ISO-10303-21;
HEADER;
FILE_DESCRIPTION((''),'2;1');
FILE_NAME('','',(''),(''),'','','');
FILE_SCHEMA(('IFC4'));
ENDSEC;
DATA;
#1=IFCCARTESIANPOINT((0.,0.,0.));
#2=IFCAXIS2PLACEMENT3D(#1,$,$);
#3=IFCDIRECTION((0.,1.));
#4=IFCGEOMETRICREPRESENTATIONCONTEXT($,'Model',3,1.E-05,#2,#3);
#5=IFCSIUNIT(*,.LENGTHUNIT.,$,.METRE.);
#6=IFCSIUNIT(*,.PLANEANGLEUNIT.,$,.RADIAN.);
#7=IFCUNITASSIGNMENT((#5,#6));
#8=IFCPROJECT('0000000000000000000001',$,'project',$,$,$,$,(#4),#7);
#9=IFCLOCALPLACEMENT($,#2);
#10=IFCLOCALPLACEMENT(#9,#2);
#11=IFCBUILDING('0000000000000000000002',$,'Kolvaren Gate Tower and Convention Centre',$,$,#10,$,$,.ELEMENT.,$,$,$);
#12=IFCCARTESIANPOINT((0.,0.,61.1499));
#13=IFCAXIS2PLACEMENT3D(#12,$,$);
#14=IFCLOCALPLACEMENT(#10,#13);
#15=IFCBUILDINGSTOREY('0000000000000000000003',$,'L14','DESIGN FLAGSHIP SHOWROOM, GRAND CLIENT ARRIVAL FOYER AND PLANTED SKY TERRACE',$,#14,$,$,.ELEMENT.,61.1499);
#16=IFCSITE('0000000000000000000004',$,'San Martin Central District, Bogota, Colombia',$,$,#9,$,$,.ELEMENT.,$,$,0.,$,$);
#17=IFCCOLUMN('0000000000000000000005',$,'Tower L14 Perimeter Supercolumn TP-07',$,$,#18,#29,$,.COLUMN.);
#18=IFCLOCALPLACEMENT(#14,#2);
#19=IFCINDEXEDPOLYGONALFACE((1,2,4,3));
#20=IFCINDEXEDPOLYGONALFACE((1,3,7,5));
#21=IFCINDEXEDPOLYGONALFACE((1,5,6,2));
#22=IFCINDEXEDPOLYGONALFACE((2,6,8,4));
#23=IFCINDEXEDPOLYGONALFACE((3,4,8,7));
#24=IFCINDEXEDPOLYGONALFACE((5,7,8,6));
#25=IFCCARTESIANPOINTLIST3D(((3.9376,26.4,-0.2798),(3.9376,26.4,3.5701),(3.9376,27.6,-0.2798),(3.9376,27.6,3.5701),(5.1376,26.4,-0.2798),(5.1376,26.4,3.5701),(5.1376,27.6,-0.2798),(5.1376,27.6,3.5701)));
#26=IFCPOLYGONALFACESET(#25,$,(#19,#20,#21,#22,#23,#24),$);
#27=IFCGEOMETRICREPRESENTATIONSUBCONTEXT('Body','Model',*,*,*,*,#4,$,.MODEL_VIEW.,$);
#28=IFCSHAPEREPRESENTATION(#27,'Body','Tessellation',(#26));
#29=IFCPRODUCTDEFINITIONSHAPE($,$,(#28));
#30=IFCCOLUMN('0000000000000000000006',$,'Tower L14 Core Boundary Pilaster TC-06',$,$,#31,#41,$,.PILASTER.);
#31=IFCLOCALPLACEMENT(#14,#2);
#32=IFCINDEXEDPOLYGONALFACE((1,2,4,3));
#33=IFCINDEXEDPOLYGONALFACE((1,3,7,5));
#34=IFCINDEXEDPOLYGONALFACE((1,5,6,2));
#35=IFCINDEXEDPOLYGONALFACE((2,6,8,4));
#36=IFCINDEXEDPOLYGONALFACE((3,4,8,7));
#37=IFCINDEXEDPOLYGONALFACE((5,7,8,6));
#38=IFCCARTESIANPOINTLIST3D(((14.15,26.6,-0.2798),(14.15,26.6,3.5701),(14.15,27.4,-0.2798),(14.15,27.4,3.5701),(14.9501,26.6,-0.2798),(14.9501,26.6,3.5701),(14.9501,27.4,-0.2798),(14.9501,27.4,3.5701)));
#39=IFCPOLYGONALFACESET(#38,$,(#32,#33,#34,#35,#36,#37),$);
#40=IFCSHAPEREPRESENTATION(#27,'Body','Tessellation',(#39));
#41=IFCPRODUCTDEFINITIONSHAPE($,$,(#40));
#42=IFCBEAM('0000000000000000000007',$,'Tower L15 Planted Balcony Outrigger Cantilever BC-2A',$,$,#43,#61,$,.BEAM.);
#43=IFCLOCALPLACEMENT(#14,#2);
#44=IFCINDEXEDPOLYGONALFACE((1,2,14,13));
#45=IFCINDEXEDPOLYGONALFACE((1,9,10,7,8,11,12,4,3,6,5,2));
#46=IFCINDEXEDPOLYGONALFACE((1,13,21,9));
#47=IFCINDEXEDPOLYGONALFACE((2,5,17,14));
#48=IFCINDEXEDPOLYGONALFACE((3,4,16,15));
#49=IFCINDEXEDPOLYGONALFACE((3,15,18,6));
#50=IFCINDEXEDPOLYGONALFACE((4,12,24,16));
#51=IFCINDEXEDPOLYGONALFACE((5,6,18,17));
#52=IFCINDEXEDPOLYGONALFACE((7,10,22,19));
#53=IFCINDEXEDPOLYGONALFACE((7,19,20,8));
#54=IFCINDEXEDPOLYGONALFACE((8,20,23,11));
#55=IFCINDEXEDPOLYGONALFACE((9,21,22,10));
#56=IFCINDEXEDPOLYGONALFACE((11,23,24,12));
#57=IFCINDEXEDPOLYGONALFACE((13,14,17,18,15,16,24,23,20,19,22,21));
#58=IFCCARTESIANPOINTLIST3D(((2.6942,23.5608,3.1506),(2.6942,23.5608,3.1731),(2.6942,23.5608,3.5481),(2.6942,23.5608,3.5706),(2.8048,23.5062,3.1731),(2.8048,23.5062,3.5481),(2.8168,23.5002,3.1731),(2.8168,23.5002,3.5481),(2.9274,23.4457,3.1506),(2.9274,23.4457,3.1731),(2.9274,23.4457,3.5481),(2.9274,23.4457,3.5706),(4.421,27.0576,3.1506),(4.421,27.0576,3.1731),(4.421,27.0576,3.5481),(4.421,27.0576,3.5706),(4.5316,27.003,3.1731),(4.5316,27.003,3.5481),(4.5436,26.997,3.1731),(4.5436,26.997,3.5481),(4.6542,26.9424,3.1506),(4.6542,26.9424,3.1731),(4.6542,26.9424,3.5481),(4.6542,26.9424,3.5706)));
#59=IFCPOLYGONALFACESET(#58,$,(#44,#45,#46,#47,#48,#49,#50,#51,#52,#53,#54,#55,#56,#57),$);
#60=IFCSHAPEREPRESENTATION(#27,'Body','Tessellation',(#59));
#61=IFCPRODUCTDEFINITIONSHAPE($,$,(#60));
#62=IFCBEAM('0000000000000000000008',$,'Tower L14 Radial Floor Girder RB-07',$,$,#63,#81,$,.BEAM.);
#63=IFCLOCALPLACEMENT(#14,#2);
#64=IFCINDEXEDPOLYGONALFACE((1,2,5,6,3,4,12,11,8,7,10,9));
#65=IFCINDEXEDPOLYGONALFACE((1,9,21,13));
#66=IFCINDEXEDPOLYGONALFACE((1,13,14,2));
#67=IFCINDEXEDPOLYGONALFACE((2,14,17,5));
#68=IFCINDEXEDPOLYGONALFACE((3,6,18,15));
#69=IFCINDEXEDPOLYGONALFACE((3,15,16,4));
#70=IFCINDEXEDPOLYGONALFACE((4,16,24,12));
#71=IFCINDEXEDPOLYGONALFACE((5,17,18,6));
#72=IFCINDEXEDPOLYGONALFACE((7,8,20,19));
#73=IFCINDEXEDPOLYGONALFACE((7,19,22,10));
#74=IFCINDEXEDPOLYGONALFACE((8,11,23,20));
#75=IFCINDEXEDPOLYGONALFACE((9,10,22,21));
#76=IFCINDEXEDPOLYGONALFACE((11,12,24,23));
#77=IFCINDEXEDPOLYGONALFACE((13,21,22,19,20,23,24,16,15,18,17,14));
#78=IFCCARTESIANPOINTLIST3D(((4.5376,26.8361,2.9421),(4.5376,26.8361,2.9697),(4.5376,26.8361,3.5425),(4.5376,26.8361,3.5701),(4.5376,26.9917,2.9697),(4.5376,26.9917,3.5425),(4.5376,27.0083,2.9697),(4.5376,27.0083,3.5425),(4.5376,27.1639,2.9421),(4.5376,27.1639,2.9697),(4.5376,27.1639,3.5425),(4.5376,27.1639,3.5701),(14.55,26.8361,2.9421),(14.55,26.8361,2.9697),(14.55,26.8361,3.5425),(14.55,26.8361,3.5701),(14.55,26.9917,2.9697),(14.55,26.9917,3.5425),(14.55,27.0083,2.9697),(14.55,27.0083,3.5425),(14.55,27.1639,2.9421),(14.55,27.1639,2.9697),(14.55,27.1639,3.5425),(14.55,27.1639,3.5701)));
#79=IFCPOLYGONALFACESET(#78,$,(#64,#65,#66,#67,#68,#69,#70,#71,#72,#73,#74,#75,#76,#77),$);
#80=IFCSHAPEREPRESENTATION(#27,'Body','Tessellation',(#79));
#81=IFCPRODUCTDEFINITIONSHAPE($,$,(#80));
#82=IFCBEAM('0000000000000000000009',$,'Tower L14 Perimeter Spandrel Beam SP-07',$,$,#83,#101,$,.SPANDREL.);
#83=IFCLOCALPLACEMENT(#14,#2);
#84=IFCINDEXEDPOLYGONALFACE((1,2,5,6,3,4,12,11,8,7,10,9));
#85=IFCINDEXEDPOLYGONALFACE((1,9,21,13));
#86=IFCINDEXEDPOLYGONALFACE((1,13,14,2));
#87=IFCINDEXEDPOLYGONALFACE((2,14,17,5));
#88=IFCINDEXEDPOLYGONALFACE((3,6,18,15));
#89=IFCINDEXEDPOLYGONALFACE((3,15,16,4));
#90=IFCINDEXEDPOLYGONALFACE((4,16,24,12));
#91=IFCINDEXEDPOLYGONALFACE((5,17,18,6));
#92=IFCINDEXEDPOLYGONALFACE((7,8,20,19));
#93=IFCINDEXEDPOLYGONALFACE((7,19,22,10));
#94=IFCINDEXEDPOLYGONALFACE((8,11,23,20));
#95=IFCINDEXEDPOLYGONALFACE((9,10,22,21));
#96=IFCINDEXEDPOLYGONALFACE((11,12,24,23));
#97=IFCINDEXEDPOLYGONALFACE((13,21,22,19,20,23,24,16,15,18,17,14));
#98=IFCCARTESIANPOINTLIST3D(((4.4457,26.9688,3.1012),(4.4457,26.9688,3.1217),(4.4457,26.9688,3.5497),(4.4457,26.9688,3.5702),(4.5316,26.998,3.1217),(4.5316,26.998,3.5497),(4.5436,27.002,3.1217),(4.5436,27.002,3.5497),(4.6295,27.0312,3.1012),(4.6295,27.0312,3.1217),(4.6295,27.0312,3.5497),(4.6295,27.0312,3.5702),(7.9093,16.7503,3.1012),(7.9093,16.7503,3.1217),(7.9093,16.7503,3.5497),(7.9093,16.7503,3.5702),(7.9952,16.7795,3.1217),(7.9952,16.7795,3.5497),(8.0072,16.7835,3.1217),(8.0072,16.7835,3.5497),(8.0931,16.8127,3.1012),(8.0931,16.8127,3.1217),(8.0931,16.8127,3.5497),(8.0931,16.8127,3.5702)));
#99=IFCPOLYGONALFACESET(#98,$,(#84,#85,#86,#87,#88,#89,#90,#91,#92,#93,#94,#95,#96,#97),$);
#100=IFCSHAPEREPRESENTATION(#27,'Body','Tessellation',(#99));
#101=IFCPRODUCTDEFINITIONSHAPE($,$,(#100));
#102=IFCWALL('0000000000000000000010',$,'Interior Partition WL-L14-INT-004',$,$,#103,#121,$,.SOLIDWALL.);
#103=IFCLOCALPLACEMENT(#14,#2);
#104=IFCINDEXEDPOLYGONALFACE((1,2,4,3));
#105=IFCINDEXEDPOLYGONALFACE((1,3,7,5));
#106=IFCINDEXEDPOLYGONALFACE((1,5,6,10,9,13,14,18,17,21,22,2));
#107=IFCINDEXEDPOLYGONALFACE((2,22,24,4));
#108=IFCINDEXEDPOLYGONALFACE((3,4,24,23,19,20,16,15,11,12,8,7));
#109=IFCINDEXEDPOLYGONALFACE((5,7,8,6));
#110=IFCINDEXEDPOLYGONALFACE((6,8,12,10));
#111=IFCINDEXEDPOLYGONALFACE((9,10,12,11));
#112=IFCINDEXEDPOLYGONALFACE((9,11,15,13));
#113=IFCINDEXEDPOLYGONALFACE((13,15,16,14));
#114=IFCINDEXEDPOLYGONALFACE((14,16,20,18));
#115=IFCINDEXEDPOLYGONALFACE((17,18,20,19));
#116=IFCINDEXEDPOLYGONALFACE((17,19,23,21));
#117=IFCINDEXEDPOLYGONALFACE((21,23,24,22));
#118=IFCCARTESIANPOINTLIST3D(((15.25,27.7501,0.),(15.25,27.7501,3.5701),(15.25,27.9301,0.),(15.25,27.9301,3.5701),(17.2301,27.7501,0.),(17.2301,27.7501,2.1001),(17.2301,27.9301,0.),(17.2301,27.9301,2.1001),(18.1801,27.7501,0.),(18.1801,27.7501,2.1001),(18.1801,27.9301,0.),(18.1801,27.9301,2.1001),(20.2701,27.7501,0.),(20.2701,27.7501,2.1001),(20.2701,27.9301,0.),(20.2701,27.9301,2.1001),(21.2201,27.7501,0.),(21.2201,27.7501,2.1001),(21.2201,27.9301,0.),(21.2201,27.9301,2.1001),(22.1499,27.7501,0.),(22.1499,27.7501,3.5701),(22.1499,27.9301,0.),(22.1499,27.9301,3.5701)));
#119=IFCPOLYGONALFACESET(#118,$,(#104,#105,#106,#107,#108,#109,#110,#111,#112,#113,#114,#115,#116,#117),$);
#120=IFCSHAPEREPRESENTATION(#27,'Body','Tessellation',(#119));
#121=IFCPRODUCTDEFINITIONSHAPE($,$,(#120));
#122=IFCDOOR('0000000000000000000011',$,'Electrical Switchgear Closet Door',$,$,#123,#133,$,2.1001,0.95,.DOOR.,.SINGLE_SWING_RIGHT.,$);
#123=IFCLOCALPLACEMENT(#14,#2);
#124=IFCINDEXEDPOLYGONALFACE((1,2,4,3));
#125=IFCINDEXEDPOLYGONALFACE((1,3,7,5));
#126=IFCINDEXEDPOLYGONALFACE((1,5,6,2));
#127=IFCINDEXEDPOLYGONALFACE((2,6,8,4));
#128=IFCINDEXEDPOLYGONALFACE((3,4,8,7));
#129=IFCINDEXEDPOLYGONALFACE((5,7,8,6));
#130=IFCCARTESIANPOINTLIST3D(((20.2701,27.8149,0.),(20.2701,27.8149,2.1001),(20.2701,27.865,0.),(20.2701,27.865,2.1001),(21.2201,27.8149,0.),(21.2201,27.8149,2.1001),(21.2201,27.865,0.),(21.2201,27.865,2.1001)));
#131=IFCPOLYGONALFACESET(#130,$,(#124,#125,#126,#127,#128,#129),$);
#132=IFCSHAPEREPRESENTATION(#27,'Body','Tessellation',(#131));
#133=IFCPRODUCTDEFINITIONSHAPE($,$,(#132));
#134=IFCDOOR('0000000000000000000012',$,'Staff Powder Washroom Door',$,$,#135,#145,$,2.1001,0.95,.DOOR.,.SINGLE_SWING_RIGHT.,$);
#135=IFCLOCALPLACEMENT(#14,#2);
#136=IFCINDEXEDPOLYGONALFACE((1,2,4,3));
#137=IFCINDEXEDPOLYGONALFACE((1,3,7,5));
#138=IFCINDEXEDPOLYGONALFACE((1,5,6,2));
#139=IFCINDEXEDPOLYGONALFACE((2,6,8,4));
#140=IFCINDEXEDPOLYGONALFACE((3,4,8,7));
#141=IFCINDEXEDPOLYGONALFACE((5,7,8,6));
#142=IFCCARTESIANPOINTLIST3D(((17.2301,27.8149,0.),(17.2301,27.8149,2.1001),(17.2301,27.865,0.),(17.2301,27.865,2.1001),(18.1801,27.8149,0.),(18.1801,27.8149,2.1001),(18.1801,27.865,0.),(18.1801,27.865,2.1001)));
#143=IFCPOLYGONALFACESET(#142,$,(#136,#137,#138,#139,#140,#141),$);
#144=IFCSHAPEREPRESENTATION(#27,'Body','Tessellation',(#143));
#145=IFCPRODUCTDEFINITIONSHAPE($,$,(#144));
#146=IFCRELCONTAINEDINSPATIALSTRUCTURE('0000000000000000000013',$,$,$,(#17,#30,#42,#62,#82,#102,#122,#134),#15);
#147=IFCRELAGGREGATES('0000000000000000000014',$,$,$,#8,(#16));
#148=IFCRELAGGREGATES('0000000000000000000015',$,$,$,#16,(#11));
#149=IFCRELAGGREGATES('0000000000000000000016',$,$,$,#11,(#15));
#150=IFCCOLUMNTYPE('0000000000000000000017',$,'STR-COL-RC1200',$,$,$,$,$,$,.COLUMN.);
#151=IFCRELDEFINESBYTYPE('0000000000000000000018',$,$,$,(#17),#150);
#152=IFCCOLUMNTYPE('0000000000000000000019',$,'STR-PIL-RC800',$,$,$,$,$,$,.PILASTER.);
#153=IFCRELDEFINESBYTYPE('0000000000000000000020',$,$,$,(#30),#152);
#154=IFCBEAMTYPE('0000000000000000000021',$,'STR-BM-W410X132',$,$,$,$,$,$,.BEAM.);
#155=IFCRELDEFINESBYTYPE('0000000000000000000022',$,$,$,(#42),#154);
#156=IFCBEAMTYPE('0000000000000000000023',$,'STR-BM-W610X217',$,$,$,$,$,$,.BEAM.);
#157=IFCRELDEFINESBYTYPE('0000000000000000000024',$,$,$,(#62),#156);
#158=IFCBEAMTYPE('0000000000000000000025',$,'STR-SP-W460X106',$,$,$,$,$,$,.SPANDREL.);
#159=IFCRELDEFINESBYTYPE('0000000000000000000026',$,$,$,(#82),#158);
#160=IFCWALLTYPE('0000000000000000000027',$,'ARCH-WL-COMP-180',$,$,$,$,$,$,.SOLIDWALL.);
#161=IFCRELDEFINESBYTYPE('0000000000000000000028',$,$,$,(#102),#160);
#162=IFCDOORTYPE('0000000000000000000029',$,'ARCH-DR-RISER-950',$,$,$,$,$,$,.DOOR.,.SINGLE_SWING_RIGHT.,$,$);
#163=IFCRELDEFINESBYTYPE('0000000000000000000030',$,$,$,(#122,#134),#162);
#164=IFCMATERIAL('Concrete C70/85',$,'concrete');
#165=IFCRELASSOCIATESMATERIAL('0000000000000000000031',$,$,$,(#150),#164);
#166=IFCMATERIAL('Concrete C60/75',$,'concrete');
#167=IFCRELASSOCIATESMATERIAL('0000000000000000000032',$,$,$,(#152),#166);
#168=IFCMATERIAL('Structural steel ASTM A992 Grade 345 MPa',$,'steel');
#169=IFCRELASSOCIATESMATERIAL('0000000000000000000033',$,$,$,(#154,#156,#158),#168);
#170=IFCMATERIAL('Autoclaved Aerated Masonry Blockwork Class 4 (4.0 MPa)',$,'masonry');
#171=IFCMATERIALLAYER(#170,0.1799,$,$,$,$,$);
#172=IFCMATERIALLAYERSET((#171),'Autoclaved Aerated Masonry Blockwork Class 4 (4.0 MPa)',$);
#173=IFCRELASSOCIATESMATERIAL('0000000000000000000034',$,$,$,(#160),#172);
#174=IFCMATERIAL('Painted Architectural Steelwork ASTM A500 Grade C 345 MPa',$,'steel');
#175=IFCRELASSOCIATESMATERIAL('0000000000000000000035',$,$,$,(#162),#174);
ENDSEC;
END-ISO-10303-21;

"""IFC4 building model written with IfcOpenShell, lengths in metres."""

from ifc_helpers import new_model, si_unit, direction, frame, frame_2d, origin, origin_2d, place, context, subcontext, project, spatial, rectangle, i_section, extrude, material, layer, layer_set, material_profile, profile_set, type_object, element, fill, save


model = new_model("IFC4")

# Units and contexts
model_context = context("Model", 3, precision=1e-05, world=origin(), true_north=direction((0.0, 1.0)))
body_context = subcontext(model_context, "Body", "Model", "MODEL_VIEW")
ifc_project = project(units=[si_unit("LENGTHUNIT", "METRE"), si_unit("PLANEANGLEUNIT", "RADIAN")], contexts=[model_context])

# Site, building, storey
site_placement = place(None, origin())
site = spatial("IfcSite", under=ifc_project, at=site_placement, Name="San Martin Central District, Bogota, Colombia", CompositionType="ELEMENT", RefElevation=0.0)
building_placement = place(site_placement, origin())
building = spatial("IfcBuilding", under=site, at=building_placement, Name="Kolvaren Gate Tower and Convention Centre", CompositionType="ELEMENT")
storey_placement = place(building_placement, frame((0.0, 0.0, 61.1499)))
storey = spatial("IfcBuildingStorey", under=building, at=storey_placement, Name="L14", Description="DESIGN FLAGSHIP SHOWROOM, GRAND CLIENT ARRIVAL FOYER AND PLANTED SKY TERRACE", CompositionType="ELEMENT", Elevation=61.1499)

# Columns
ifc_material_1 = material(Name="Concrete C70/85", Category="concrete")
ifc_material_profile_1 = material_profile(ifc_material_1, rectangle(XDim=1.2, YDim=1.2, at=origin_2d()), Name="RC-COL-1200X1200")
ifc_profile_set_1 = profile_set([ifc_material_profile_1], Name="Concrete C70/85")
column_type_1 = type_object("IfcColumnType", Name="STR-COL-RC1200", PredefinedType="COLUMN", material=ifc_profile_set_1)
column_1_placement = place(storey_placement, frame((4.5376, 27.0, -0.2798), z_axis=(0.0, 0.0, 1.0), x_axis=(1.0, 0.0, 0.0)))
element("IfcColumn", 1, at=column_1_placement, inside=storey, type_object=column_type_1, Name="Tower L14 Perimeter Supercolumn TP-07", PredefinedType="COLUMN", context=body_context, shape_type="SweptSolid", body=[
    extrude(rectangle(XDim=1.2, YDim=1.2, at=origin_2d()), origin(), (0.0, 0.0, 1.0), 3.8499),
])
ifc_material_2 = material(Name="Concrete C60/75", Category="concrete")
ifc_material_profile_2 = material_profile(ifc_material_2, rectangle(XDim=0.8, YDim=0.8, at=origin_2d()), Name="RC-COL-800X800")
ifc_profile_set_2 = profile_set([ifc_material_profile_2], Name="Concrete C60/75")
column_type_2 = type_object("IfcColumnType", Name="STR-PIL-RC800", PredefinedType="PILASTER", material=ifc_profile_set_2)
column_2_placement = place(storey_placement, frame((14.55, 27.0, -0.2798), z_axis=(0.0, 0.0, 1.0), x_axis=(1.0, 0.0, 0.0)))
element("IfcColumn", 2, at=column_2_placement, inside=storey, type_object=column_type_2, Name="Tower L14 Core Boundary Pilaster TC-06", PredefinedType="PILASTER", context=body_context, shape_type="SweptSolid", body=[
    extrude(rectangle(XDim=0.8, YDim=0.8, at=origin_2d()), origin(), (0.0, 0.0, 1.0), 3.8499),
])

# Beams
ifc_material_3 = material(Name="Structural steel ASTM A992 Grade 345 MPa", Category="steel")
ifc_material_profile_3 = material_profile(ifc_material_3, i_section(OverallWidth=0.26, OverallDepth=0.4199, WebThickness=0.0134, FlangeThickness=0.0225, at=origin_2d()), Name="W410X132")
ifc_profile_set_3 = profile_set([ifc_material_profile_3], Name="Structural steel ASTM A992 Grade 345 MPa")
beam_type_1 = type_object("IfcBeamType", Name="STR-BM-W410X132", PredefinedType="BEAM", material=ifc_profile_set_3)
beam_1_placement = place(storey_placement, frame((4.5376, 27.0, 3.3606), z_axis=(-0.442776, -0.896632, 0.0), x_axis=(0.896632, -0.442776, 0.0)))
element("IfcBeam", 3, at=beam_1_placement, inside=storey, type_object=beam_type_1, Name="Tower L15 Planted Balcony Outrigger Cantilever BC-2A", PredefinedType="BEAM", context=body_context, shape_type="SweptSolid", body=[
    extrude(i_section(OverallWidth=0.26, OverallDepth=0.4199, WebThickness=0.0134, FlangeThickness=0.0225, at=origin_2d()), origin(), (0.0, 0.0, 1.0), 3.8999),
])
ifc_material_profile_4 = material_profile(ifc_material_3, i_section(OverallWidth=0.3279, OverallDepth=0.6279, WebThickness=0.0166, FlangeThickness=0.0276, at=origin_2d()), Name="W610X217")
ifc_profile_set_4 = profile_set([ifc_material_profile_4], Name="Structural steel ASTM A992 Grade 345 MPa")
beam_type_2 = type_object("IfcBeamType", Name="STR-BM-W610X217", PredefinedType="BEAM", material=ifc_profile_set_4)
beam_2_placement = place(storey_placement, frame((14.55, 27.0, 3.2561), z_axis=(-1.0, 0.0, 0.0), x_axis=(0.0, -1.0, 0.0)))
element("IfcBeam", 4, at=beam_2_placement, inside=storey, type_object=beam_type_2, Name="Tower L14 Radial Floor Girder RB-07", PredefinedType="BEAM", context=body_context, shape_type="SweptSolid", body=[
    extrude(i_section(OverallWidth=0.3279, OverallDepth=0.6279, WebThickness=0.0166, FlangeThickness=0.0276, at=origin_2d()), origin(), (0.0, 0.0, 1.0), 10.0125),
])
ifc_material_profile_5 = material_profile(ifc_material_3, i_section(OverallWidth=0.1941, OverallDepth=0.469, WebThickness=0.0127, FlangeThickness=0.0205, at=origin_2d()), Name="W460X106")
ifc_profile_set_5 = profile_set([ifc_material_profile_5], Name="Structural steel ASTM A992 Grade 345 MPa")
beam_type_3 = type_object("IfcBeamType", Name="STR-SP-W460X106", PredefinedType="SPANDREL", material=ifc_profile_set_5)
beam_3_placement = place(storey_placement, frame((4.5376, 27.0, 3.3357), z_axis=(0.321016, -0.947074, 0.0), x_axis=(0.947074, 0.321016, 0.0)))
element("IfcBeam", 5, at=beam_3_placement, inside=storey, type_object=beam_type_3, Name="Tower L14 Perimeter Spandrel Beam SP-07", PredefinedType="SPANDREL", context=body_context, shape_type="SweptSolid", body=[
    extrude(i_section(OverallWidth=0.1941, OverallDepth=0.469, WebThickness=0.0127, FlangeThickness=0.0205, at=origin_2d()), origin(), (0.0, 0.0, 1.0), 10.7896),
])

# Wall, openings, doors
ifc_material_4 = material(Name="Autoclaved Aerated Masonry Blockwork Class 4 (4.0 MPa)", Category="masonry")
ifc_layer_1 = layer(ifc_material_4, 0.1799)
ifc_layer_set_1 = layer_set([ifc_layer_1], Name="Autoclaved Aerated Masonry Blockwork Class 4 (4.0 MPa)")
wall_type_1 = type_object("IfcWallType", Name="ARCH-WL-COMP-180", PredefinedType="SOLIDWALL", material=ifc_layer_set_1)
wall_1_placement = place(storey_placement, frame((15.25, 27.8401, 0.0), z_axis=(0.0, 0.0, 1.0), x_axis=(1.0, 0.0, 0.0)))
wall_1 = element("IfcWall", 6, at=wall_1_placement, inside=storey, type_object=wall_type_1, Name="Interior Partition WL-L14-INT-004", PredefinedType="SOLIDWALL", context=body_context, shape_type="SweptSolid", body=[
    extrude(rectangle(XDim=6.8999, YDim=0.1799, at=frame_2d((3.45, 0.0))), origin(), (0.0, 0.0, 1.0), 3.5701),
])
opening_1_placement = place(wall_1_placement, frame((5.02, 0.0, 0.0)))
opening_1 = element("IfcOpeningElement", 7, at=opening_1_placement, cuts=wall_1, PredefinedType="OPENING", context=body_context, shape_type="SweptSolid", body=[
    extrude(rectangle(XDim=0.95, YDim=2.1001, at=frame_2d((0.4751, 1.05))), frame((0.0, 0.0999, 0.0), z_axis=(0.0, -1.0, 0.0), x_axis=(1.0, 0.0, 0.0)), (0.0, 0.0, 1.0), 0.2),
])
opening_2_placement = place(wall_1_placement, frame((1.98, 0.0, 0.0)))
opening_2 = element("IfcOpeningElement", 8, at=opening_2_placement, cuts=wall_1, PredefinedType="OPENING", context=body_context, shape_type="SweptSolid", body=[
    extrude(rectangle(XDim=0.95, YDim=2.1001, at=frame_2d((0.4751, 1.05))), frame((0.0, 0.0999, 0.0), z_axis=(0.0, -1.0, 0.0), x_axis=(1.0, 0.0, 0.0)), (0.0, 0.0, 1.0), 0.2),
])
ifc_material_5 = material(Name="Painted Architectural Steelwork ASTM A500 Grade C 345 MPa", Category="steel")
door_type = type_object("IfcDoorType", Name="ARCH-DR-RISER-950", OperationType="SINGLE_SWING_RIGHT", PredefinedType="DOOR", material=ifc_material_5)
door_1_placement = place(opening_1_placement, origin())
door_1 = element("IfcDoor", 9, at=door_1_placement, inside=storey, type_object=door_type, Name="Electrical Switchgear Closet Door", OperationType="SINGLE_SWING_RIGHT", OverallHeight=2.1001, OverallWidth=0.95, PredefinedType="DOOR", context=body_context, shape_type="SweptSolid", body=[
    extrude(rectangle(XDim=0.95, YDim=2.1001, at=frame_2d((0.4751, 1.05))), frame((0.0, 0.0249, 0.0), z_axis=(0.0, -1.0, 0.0), x_axis=(1.0, 0.0, 0.0)), (0.0, 0.0, 1.0), 0.05),
])
fill(opening_1, door_1)
door_2_placement = place(opening_2_placement, origin())
door_2 = element("IfcDoor", 10, at=door_2_placement, inside=storey, type_object=door_type, Name="Staff Powder Washroom Door", OperationType="SINGLE_SWING_RIGHT", OverallHeight=2.1001, OverallWidth=0.95, PredefinedType="DOOR", context=body_context, shape_type="SweptSolid", body=[
    extrude(rectangle(XDim=0.95, YDim=2.1001, at=frame_2d((0.4751, 1.05))), frame((0.0, 0.0249, 0.0), z_axis=(0.0, -1.0, 0.0), x_axis=(1.0, 0.0, 0.0)), (0.0, 0.0, 1.0), 0.05),
])
fill(opening_2, door_2)

save(model, "model.ifc")
